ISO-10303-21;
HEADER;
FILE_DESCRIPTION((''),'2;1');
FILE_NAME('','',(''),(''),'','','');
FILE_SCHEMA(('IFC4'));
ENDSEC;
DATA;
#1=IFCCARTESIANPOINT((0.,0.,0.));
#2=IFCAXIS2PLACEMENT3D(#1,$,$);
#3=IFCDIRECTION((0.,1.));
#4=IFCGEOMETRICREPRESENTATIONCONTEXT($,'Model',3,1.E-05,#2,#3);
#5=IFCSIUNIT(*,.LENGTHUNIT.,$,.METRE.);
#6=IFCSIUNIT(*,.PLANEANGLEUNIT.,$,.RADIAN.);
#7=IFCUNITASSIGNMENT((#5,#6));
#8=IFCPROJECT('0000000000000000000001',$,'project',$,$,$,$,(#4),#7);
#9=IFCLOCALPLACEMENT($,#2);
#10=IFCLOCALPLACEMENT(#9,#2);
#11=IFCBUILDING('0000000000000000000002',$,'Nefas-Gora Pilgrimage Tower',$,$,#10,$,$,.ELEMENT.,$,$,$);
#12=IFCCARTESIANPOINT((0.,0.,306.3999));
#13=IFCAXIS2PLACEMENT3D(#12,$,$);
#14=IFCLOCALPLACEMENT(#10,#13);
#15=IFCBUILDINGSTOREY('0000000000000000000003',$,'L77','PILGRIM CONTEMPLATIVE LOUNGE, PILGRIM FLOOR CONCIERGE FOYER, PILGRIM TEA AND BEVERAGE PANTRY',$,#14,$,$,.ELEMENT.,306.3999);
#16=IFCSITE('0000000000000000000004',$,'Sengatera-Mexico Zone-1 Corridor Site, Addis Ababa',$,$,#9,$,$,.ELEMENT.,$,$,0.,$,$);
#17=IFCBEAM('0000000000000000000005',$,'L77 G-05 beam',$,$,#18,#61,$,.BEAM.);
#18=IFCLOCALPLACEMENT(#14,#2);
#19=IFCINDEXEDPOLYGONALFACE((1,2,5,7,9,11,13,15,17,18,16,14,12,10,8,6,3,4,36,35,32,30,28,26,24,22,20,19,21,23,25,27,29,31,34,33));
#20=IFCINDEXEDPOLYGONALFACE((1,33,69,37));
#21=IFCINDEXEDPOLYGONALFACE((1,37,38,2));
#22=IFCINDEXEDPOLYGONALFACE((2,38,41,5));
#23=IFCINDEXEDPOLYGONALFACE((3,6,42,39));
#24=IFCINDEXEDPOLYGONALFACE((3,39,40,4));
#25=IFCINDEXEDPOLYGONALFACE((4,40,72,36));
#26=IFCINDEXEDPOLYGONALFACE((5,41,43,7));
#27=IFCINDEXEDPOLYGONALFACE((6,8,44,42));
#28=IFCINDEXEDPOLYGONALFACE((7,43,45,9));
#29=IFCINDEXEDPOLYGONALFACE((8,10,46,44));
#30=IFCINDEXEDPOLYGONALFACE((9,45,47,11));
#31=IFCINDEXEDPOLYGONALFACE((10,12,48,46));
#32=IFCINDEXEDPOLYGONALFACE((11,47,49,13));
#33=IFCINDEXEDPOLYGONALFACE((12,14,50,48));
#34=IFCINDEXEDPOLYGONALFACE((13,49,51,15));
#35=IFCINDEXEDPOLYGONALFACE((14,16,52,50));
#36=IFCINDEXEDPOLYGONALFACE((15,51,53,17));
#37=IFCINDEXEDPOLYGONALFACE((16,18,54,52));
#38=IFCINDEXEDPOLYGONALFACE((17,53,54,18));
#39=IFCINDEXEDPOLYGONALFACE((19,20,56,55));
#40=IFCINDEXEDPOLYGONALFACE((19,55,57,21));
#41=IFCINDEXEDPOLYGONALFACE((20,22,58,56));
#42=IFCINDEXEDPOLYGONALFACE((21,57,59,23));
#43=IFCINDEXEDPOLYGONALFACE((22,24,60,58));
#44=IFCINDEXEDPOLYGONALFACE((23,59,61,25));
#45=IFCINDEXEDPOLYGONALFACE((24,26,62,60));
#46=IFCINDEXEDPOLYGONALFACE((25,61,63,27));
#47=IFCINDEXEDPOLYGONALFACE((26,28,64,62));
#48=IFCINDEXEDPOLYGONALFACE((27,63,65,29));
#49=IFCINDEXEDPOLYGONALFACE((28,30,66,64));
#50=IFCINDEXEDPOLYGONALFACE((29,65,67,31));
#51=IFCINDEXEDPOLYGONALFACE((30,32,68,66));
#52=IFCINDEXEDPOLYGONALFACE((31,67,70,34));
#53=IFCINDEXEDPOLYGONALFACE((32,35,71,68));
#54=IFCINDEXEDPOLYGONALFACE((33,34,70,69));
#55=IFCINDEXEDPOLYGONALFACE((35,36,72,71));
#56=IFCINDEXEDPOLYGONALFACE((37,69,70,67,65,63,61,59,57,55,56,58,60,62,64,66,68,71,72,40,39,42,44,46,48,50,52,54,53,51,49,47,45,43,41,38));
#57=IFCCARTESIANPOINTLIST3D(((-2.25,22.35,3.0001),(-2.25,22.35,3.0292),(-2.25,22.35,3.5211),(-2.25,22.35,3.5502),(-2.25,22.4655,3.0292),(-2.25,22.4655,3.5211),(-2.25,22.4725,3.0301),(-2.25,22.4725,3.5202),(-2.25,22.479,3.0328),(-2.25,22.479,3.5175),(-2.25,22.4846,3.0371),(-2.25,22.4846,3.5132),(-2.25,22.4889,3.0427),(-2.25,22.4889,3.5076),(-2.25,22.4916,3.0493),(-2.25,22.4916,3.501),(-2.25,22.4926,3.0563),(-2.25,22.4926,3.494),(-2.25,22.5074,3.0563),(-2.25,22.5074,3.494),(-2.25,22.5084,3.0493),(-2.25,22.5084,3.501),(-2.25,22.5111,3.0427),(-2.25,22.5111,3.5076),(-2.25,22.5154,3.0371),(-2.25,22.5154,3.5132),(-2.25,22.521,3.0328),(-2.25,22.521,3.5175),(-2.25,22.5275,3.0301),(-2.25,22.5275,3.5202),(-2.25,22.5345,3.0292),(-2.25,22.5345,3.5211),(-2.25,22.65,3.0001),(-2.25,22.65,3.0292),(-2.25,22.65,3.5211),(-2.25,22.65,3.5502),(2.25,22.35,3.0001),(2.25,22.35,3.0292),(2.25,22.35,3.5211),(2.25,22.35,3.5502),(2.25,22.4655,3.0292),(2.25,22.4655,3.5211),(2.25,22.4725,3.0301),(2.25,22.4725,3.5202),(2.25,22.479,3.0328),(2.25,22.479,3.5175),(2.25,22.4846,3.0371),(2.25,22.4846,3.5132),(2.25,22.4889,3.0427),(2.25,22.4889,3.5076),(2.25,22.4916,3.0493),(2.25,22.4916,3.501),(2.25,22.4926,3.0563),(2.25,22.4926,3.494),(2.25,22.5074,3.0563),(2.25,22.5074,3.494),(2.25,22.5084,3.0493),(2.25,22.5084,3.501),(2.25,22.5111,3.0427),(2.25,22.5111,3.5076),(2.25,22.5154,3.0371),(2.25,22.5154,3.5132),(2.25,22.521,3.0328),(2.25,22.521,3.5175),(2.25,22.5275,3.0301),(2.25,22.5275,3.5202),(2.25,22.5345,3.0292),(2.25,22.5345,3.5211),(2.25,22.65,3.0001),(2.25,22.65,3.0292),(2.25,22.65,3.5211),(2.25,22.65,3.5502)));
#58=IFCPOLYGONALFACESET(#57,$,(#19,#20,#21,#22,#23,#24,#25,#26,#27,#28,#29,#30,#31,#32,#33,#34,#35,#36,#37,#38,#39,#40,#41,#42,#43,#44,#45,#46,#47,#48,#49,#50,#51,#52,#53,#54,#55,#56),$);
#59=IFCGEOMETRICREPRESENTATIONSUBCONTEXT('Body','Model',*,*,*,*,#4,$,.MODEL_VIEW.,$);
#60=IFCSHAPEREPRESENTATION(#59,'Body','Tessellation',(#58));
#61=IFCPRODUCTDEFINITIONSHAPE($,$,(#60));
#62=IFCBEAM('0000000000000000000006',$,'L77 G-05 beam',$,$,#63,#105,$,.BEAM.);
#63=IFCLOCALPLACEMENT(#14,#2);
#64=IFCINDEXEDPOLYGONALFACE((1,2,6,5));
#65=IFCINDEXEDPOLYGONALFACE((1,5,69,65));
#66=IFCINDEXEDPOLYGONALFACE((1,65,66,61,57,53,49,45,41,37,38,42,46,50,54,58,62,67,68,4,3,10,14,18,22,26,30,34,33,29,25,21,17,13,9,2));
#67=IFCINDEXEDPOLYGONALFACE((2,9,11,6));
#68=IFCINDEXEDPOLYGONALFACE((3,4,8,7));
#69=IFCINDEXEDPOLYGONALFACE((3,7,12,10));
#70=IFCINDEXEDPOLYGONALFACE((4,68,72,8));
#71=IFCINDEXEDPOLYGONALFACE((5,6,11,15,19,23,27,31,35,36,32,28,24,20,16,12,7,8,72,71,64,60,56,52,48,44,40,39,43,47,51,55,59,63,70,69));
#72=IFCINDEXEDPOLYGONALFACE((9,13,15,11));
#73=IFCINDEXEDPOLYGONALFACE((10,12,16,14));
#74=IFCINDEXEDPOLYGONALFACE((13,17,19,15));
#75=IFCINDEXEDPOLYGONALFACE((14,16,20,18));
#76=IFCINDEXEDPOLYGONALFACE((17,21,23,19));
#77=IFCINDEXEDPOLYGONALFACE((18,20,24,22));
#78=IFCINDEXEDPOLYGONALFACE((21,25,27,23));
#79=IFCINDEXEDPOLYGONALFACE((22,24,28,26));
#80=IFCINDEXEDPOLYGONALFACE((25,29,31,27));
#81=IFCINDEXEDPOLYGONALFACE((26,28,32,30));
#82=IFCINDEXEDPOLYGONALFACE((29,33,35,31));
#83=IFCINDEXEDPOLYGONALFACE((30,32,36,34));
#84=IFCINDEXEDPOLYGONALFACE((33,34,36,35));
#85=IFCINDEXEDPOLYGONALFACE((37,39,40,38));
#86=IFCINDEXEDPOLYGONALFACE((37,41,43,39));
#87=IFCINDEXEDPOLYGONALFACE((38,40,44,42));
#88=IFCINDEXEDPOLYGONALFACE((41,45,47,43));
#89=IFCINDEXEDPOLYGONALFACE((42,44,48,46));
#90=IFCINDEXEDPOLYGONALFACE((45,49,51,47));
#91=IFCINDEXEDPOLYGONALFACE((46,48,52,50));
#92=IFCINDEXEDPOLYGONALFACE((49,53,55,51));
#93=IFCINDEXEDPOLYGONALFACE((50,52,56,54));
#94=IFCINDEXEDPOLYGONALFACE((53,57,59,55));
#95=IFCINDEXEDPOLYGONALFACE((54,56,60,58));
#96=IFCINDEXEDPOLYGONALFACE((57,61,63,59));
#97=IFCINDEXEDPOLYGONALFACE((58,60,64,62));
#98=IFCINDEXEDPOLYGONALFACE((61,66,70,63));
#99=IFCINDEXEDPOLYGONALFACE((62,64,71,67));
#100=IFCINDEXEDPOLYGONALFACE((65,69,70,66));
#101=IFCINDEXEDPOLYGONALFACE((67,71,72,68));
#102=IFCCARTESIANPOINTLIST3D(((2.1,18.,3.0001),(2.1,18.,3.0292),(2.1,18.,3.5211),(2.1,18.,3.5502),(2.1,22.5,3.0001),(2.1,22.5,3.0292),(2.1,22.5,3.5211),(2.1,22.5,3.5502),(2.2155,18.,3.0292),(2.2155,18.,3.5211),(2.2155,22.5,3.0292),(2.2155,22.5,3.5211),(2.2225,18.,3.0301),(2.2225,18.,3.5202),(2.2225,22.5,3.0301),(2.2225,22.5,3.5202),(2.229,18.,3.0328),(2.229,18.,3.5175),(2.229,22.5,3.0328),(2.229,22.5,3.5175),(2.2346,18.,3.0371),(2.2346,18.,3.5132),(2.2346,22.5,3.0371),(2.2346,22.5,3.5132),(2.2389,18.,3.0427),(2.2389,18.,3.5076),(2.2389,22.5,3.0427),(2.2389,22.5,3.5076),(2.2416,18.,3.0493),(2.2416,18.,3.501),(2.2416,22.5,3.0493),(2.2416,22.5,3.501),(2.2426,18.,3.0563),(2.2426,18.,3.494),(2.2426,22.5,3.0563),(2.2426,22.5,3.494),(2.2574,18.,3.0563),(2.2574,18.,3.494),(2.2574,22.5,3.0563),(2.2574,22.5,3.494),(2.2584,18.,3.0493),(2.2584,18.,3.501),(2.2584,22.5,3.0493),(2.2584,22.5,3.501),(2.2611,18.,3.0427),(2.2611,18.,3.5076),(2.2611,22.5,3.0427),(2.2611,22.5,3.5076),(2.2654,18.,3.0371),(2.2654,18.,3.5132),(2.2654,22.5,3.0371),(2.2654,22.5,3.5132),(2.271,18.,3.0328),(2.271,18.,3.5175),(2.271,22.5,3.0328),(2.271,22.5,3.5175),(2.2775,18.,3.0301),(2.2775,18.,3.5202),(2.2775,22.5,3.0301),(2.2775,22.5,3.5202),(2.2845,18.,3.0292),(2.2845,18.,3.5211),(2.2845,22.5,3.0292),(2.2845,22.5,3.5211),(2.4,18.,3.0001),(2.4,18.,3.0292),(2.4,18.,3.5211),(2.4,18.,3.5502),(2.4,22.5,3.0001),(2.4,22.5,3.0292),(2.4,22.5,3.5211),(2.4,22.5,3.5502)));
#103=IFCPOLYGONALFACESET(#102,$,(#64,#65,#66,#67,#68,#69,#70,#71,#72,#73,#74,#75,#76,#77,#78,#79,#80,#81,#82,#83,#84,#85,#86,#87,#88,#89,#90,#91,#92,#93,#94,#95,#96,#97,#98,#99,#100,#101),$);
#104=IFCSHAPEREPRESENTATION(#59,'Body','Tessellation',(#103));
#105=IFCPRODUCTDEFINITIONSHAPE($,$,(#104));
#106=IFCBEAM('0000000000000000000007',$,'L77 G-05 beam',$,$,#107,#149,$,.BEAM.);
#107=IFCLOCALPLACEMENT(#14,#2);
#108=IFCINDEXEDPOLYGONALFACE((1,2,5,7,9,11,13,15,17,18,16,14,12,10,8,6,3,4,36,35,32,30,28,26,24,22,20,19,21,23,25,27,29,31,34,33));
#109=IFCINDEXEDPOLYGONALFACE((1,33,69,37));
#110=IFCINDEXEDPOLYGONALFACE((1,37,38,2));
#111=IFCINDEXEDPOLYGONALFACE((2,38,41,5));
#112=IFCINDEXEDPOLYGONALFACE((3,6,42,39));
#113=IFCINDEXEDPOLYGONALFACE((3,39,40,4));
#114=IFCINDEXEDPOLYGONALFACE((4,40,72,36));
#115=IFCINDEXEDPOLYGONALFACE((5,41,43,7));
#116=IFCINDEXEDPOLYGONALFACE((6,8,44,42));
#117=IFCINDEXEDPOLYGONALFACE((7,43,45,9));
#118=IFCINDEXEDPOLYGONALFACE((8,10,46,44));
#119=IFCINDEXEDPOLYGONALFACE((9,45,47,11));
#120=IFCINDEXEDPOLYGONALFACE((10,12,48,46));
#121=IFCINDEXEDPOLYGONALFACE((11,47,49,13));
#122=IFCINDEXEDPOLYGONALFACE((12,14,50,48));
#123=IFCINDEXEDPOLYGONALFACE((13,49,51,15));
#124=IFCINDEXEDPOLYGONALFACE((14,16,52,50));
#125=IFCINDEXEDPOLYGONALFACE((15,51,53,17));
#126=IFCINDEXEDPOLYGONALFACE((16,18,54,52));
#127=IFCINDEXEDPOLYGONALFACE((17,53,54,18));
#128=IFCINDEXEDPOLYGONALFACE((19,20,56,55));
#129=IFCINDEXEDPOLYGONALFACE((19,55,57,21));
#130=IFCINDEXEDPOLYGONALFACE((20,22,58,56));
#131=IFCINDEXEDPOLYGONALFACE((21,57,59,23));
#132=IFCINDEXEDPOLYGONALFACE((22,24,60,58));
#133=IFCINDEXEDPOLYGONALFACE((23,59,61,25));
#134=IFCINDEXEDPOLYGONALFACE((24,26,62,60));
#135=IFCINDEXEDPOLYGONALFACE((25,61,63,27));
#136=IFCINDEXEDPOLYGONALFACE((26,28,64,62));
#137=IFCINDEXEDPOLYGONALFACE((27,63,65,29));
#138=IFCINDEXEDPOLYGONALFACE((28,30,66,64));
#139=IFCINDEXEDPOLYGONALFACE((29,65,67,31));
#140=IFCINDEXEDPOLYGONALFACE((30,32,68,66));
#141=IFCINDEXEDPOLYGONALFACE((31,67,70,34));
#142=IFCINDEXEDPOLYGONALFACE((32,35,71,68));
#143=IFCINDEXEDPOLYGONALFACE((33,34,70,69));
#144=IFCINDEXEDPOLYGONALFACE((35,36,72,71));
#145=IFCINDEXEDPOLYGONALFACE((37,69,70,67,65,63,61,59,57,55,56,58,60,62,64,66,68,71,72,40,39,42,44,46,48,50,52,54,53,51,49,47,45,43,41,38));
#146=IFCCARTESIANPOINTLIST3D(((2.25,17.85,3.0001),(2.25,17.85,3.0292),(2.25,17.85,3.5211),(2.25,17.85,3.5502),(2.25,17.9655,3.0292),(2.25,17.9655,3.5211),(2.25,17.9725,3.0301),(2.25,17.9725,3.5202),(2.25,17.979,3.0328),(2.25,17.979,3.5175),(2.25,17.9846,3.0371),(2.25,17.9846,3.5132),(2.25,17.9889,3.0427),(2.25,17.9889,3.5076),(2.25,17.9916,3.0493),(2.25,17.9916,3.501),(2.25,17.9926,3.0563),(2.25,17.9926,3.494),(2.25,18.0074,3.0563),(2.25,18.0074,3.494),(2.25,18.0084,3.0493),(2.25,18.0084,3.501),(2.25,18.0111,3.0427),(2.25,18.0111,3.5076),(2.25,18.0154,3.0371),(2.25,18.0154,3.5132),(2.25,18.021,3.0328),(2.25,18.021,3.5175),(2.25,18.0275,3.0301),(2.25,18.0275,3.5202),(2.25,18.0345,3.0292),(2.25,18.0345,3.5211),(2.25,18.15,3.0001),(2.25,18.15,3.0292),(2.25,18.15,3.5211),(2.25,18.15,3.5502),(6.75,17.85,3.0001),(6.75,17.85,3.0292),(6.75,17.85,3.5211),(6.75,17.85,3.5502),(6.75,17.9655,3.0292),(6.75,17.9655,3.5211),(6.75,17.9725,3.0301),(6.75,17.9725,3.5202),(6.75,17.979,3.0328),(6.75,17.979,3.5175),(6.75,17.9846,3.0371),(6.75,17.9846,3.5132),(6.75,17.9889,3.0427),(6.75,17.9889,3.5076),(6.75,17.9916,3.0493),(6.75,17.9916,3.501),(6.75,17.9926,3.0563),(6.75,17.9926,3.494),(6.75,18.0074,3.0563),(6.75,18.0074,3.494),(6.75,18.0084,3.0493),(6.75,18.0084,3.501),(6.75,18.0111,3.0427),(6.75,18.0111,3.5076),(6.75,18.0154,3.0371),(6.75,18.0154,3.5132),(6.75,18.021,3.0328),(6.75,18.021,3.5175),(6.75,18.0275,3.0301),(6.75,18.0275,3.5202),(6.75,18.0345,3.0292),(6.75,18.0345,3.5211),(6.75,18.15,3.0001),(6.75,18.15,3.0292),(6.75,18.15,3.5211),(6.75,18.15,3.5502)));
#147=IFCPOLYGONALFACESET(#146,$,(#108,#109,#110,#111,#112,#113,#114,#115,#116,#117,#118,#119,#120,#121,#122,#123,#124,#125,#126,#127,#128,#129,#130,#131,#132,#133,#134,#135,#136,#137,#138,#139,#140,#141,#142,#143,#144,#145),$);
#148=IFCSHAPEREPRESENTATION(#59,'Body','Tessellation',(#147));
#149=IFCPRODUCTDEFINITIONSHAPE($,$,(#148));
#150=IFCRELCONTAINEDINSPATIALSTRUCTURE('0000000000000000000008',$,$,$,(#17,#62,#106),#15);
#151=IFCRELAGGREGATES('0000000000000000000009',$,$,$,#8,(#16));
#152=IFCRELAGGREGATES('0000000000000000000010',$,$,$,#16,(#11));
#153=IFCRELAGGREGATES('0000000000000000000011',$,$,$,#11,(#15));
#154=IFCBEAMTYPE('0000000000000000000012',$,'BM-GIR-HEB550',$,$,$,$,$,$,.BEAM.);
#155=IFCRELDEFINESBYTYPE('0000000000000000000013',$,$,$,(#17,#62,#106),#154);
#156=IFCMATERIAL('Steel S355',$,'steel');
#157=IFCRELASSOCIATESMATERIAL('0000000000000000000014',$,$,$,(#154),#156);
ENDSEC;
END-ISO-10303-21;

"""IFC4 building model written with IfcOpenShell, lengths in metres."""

from ifc_helpers import new_model, si_unit, direction, frame, origin, origin_2d, place, context, subcontext, project, spatial, i_section, extrude, source, transform, mapped, material, material_profile, profile_set, type_object, element, save


model = new_model("IFC4")

# Units and contexts
model_context = context("Model", 3, precision=1e-05, world=origin(), true_north=direction((0.0, 1.0)))
body_context = subcontext(model_context, "Body", "Model", "MODEL_VIEW")
ifc_project = project(units=[si_unit("LENGTHUNIT", "METRE"), si_unit("PLANEANGLEUNIT", "RADIAN")], contexts=[model_context])

# Site, building, storey
site_placement = place(None, origin())
site = spatial("IfcSite", under=ifc_project, at=site_placement, Name="Sengatera-Mexico Zone-1 Corridor Site, Addis Ababa", CompositionType="ELEMENT", RefElevation=0.0)
building_placement = place(site_placement, origin())
building = spatial("IfcBuilding", under=site, at=building_placement, Name="Nefas-Gora Pilgrimage Tower", CompositionType="ELEMENT")
storey_placement = place(building_placement, frame((0.0, 0.0, 306.3999)))
storey = spatial("IfcBuildingStorey", under=building, at=storey_placement, Name="L77", Description="PILGRIM CONTEMPLATIVE LOUNGE, PILGRIM FLOOR CONCIERGE FOYER, PILGRIM TEA AND BEVERAGE PANTRY", CompositionType="ELEMENT", Elevation=306.3999)

# Shared definitions
ifc_material_1 = material(Name="Steel S355", Category="steel")

# Beams
ifc_material_profile_1 = material_profile(ifc_material_1, i_section(OverallWidth=0.3, OverallDepth=0.55, WebThickness=0.0149, FlangeThickness=0.0291, FilletRadius=0.0271, at=origin_2d()), Name="HEB 550")
ifc_profile_set_1 = profile_set([ifc_material_profile_1], Name="Steel S355")
beam_type = type_object("IfcBeamType", Name="BM-GIR-HEB550", PredefinedType="BEAM", material=ifc_profile_set_1)
shared_shape_1 = source(origin(), body_context, "Body", "SweptSolid", [
    extrude(i_section(OverallWidth=0.3, OverallDepth=0.55, WebThickness=0.0149, FlangeThickness=0.0291, FilletRadius=0.0271, at=origin_2d()), origin(), (0.0, 0.0, 1.0), 4.5),
])
for number, where, z_axis, x_axis, name in (
    (1, (-2.25, 22.5, 3.2751), (1.0, 0.0, 0.0), (0.0, 1.0, 0.0), "L77 G-05 beam"),
    (2, (2.25, 18.0, 3.2751), (0.0, 1.0, 0.0), (-1.0, 0.0, 0.0), "L77 G-05 beam"),
    (3, (2.25, 18.0, 3.2751), (1.0, 0.0, 0.0), (0.0, 1.0, 0.0), "L77 G-05 beam"),
):
    element("IfcBeam", number, at=place(storey_placement, frame(where, z_axis=z_axis, x_axis=x_axis)), inside=storey, type_object=beam_type, Name=name, PredefinedType="BEAM", context=body_context, shape_type="MappedRepresentation", body=[
        mapped(shared_shape_1, transform((0.0, 0.0, 0.0), x_axis=(1.0, 0.0, 0.0), y_axis=(0.0, 1.0, 0.0), z_axis=(0.0, 0.0, 1.0), scale=1.0)),
    ])

save(model, "model.ifc")
